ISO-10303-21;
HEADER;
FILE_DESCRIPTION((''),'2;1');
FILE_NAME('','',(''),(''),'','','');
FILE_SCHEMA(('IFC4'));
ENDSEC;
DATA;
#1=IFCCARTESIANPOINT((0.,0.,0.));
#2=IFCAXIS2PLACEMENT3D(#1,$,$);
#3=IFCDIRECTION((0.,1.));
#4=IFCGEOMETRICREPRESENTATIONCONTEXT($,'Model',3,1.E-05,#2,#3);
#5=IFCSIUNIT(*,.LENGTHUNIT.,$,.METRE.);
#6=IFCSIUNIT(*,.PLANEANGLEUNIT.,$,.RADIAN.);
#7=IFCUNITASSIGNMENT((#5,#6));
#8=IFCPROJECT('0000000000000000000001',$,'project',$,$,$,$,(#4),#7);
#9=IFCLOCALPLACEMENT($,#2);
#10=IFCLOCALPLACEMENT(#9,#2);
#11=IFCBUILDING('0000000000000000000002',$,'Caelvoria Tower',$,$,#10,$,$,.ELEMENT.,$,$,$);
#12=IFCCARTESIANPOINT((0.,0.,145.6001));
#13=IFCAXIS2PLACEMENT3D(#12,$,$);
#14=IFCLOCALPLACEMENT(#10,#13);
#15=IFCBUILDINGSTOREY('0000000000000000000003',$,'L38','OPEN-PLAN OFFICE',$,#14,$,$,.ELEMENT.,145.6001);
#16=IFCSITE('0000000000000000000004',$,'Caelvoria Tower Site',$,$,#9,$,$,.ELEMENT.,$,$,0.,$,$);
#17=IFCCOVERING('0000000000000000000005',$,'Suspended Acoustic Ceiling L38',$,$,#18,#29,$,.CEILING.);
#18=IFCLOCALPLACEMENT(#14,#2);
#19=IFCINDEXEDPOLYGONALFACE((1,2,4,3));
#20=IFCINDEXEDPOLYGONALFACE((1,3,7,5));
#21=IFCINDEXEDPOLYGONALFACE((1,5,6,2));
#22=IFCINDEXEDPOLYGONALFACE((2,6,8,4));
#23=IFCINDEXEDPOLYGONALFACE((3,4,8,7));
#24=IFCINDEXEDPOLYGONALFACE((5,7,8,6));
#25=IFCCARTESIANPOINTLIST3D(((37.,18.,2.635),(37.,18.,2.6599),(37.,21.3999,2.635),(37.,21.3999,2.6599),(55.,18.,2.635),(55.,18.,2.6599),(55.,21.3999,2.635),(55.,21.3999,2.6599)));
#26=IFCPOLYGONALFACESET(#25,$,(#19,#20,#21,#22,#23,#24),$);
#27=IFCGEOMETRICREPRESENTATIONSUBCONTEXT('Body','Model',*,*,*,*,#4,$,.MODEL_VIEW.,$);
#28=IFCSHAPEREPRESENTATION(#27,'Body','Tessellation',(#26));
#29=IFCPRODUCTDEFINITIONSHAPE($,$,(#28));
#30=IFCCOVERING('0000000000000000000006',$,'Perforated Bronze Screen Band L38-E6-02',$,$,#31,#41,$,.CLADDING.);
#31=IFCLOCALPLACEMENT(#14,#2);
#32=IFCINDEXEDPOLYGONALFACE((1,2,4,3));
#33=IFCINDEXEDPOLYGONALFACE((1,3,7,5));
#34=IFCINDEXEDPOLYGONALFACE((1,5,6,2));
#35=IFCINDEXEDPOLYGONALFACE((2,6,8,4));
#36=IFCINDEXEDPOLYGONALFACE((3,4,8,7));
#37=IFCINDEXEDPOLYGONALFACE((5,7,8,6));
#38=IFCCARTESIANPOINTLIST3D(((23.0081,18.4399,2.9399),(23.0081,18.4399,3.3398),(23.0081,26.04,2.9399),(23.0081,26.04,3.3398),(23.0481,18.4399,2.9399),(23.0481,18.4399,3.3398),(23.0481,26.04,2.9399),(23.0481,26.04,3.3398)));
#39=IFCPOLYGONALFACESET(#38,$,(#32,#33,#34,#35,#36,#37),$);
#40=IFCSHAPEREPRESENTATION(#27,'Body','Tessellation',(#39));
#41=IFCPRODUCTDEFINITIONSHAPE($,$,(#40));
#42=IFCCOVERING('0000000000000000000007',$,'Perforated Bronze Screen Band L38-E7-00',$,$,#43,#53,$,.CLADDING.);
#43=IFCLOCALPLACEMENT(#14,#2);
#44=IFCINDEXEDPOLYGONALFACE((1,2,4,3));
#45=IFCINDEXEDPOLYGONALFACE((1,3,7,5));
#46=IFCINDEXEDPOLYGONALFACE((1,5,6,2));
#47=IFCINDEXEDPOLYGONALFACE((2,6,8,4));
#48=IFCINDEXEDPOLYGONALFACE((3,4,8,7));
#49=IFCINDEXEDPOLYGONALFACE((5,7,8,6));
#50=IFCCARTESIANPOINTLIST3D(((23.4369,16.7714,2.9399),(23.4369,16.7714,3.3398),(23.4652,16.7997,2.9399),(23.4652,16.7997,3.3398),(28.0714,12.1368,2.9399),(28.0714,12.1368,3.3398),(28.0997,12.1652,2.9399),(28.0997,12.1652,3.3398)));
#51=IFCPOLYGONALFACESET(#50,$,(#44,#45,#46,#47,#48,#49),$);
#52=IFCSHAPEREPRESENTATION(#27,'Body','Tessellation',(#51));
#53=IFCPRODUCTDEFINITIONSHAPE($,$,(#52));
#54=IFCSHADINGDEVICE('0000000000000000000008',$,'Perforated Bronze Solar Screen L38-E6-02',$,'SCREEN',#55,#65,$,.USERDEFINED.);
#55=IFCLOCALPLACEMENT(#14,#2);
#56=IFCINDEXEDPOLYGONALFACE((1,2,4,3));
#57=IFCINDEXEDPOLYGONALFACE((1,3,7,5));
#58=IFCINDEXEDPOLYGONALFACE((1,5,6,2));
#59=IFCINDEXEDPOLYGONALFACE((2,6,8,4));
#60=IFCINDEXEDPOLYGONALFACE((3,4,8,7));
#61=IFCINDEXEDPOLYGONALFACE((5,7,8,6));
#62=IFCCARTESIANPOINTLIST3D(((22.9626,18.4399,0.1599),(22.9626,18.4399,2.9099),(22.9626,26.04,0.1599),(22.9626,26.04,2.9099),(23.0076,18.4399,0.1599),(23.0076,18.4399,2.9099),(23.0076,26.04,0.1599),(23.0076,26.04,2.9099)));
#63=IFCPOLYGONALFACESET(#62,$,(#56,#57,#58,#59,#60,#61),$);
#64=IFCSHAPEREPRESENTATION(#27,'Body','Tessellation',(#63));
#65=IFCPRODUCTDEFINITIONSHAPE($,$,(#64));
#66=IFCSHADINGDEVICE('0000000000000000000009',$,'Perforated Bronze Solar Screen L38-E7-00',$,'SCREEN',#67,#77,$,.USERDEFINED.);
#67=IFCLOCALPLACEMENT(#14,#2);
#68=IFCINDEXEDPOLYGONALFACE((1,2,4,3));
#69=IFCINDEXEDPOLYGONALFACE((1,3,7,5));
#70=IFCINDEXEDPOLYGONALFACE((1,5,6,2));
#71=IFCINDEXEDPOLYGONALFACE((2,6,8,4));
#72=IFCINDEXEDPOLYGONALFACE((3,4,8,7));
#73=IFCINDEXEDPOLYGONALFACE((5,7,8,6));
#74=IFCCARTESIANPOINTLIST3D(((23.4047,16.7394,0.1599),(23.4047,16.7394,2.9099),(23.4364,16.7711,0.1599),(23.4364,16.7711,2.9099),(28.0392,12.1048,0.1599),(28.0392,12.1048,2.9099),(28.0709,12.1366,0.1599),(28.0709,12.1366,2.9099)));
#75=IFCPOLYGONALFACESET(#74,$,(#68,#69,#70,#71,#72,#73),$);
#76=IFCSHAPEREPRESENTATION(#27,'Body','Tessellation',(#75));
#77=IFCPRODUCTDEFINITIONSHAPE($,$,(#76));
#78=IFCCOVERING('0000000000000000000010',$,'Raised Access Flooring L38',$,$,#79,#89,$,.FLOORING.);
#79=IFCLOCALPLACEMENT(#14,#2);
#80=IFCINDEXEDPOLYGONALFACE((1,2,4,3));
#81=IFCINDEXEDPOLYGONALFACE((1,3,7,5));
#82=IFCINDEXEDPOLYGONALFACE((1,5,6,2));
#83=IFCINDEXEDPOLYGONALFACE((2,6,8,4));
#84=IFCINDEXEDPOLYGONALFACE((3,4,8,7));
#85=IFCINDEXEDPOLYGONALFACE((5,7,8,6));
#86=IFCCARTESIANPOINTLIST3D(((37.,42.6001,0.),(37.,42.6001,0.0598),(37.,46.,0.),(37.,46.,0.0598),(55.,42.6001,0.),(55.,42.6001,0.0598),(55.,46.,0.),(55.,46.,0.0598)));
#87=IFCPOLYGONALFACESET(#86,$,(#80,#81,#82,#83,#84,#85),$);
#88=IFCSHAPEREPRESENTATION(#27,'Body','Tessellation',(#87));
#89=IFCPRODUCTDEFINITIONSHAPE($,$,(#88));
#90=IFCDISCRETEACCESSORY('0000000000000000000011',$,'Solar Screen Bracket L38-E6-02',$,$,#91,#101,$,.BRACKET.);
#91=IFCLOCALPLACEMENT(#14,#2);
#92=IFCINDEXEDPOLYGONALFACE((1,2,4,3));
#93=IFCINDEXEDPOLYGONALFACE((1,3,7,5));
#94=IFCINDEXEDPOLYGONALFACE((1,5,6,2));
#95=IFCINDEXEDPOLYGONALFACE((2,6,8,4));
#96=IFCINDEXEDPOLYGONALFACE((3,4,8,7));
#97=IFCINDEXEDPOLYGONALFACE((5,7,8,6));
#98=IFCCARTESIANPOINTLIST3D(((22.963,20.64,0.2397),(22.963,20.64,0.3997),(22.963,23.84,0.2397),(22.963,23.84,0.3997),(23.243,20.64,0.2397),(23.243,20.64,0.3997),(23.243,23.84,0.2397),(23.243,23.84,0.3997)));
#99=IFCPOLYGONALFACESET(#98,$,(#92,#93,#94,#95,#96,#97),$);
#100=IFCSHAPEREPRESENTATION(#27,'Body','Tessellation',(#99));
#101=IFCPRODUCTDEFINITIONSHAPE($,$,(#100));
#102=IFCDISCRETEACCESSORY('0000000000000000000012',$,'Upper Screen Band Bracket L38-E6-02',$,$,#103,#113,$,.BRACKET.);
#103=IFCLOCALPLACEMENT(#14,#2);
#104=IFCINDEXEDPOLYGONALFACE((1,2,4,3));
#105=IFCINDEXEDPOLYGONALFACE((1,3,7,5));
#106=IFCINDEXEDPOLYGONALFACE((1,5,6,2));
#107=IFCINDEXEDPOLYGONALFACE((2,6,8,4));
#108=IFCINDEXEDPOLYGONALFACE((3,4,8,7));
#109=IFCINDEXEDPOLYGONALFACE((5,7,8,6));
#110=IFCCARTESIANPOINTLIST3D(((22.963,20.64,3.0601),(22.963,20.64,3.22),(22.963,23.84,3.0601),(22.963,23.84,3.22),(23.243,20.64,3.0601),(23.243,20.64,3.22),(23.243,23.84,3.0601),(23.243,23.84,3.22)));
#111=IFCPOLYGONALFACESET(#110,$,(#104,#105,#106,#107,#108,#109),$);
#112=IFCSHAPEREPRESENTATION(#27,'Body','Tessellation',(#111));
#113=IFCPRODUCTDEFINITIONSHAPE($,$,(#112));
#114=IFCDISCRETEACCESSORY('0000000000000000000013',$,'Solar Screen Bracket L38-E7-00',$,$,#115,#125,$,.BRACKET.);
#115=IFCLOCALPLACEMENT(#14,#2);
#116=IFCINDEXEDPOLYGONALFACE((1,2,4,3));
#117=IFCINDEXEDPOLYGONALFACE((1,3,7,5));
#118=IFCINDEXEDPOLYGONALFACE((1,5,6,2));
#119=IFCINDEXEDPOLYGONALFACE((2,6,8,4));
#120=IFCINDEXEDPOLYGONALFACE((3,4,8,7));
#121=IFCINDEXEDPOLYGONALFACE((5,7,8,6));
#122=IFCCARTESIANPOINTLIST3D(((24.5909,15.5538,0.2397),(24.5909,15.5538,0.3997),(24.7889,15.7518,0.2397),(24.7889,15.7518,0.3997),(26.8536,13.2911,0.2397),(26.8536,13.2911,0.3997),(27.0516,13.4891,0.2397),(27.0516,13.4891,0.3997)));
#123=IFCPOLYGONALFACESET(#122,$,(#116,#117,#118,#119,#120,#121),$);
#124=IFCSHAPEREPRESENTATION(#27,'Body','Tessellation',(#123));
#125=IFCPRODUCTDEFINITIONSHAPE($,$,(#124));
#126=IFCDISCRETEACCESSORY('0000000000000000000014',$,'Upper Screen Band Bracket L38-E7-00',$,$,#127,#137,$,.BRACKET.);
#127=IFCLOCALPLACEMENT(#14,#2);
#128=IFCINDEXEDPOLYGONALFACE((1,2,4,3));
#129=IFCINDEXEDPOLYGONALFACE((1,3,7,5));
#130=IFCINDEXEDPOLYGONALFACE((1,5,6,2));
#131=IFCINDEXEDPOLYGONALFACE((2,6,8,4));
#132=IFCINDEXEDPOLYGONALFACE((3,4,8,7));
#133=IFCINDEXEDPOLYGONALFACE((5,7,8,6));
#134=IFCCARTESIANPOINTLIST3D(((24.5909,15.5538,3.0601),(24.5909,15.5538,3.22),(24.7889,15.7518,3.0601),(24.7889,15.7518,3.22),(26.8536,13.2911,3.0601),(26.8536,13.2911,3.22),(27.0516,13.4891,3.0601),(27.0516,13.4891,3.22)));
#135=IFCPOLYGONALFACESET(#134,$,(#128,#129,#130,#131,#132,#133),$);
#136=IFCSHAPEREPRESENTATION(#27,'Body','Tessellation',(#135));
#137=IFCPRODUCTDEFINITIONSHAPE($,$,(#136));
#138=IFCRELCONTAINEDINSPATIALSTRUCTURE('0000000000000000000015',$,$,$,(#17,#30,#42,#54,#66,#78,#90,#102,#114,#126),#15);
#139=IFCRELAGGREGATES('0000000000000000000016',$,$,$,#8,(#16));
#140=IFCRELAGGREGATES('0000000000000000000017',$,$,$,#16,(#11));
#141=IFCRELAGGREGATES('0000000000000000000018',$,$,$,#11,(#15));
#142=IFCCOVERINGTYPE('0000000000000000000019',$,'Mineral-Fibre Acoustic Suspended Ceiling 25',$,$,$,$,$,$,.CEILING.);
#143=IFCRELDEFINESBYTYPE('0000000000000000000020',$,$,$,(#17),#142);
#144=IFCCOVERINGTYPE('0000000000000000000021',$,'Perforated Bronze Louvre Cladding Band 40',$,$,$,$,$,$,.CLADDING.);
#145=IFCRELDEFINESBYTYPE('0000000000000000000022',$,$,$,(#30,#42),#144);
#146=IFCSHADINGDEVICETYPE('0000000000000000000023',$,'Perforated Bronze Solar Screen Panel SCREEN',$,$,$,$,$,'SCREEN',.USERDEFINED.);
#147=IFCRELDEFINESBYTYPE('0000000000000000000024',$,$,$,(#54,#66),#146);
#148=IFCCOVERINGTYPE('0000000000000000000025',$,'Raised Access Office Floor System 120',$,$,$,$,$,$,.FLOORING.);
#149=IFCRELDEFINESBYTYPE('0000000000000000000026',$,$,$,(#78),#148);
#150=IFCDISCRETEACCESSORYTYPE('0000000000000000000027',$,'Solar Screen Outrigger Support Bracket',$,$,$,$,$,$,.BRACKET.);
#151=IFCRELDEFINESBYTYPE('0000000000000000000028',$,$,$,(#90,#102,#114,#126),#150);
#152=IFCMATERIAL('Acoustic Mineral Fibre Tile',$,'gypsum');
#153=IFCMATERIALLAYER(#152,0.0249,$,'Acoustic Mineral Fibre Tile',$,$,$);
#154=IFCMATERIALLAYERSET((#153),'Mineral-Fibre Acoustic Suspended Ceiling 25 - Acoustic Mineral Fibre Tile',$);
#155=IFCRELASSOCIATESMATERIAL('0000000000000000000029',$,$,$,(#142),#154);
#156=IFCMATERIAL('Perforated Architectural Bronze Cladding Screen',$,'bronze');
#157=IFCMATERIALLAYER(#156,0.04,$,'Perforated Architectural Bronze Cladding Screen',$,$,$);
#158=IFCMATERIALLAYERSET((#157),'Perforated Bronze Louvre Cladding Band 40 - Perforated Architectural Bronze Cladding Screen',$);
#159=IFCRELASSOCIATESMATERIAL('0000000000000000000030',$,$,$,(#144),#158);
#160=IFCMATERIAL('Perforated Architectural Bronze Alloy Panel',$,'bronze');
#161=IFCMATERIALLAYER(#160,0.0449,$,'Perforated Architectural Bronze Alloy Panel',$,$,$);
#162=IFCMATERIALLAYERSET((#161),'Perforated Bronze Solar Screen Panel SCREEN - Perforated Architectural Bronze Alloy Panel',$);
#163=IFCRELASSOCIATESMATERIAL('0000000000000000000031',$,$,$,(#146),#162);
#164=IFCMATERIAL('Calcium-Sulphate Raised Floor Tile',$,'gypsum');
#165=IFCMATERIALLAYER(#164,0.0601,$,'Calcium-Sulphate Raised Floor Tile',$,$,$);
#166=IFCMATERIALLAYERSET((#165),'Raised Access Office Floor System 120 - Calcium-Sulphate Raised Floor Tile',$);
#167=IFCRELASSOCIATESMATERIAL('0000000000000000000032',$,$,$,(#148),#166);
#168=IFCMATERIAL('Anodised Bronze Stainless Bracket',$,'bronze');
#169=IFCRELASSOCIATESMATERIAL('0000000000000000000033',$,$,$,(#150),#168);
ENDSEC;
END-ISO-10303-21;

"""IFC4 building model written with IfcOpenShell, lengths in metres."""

from ifc_helpers import new_model, si_unit, direction, frame, origin, origin_2d, place, context, subcontext, project, spatial, polyline, rectangle, outline, extrude, material, layer, layer_set, type_object, element, save


model = new_model("IFC4")

# Units and contexts
model_context = context("Model", 3, precision=1e-05, world=origin(), true_north=direction((0.0, 1.0)))
body_context = subcontext(model_context, "Body", "Model", "MODEL_VIEW")
ifc_project = project(units=[si_unit("LENGTHUNIT", "METRE"), si_unit("PLANEANGLEUNIT", "RADIAN")], contexts=[model_context])

# Site, building, storey
site_placement = place(None, origin())
site = spatial("IfcSite", under=ifc_project, at=site_placement, Name="Caelvoria Tower Site", CompositionType="ELEMENT", RefElevation=0.0)
building_placement = place(site_placement, origin())
building = spatial("IfcBuilding", under=site, at=building_placement, Name="Caelvoria Tower", CompositionType="ELEMENT")
storey_placement = place(building_placement, frame((0.0, 0.0, 145.6001)))
storey = spatial("IfcBuildingStorey", under=building, at=storey_placement, Name="L38", Description="OPEN-PLAN OFFICE", CompositionType="ELEMENT", Elevation=145.6001)

# Coverings
ifc_material_1 = material(Name="Acoustic Mineral Fibre Tile", Category="gypsum")
ifc_layer_1 = layer(ifc_material_1, 0.0249, Name="Acoustic Mineral Fibre Tile")
ifc_layer_set_1 = layer_set([ifc_layer_1], Name="Mineral-Fibre Acoustic Suspended Ceiling 25 - Acoustic Mineral Fibre Tile")
covering_type_1 = type_object("IfcCoveringType", Name="Mineral-Fibre Acoustic Suspended Ceiling 25", PredefinedType="CEILING", material=ifc_layer_set_1)
covering_1_placement = place(storey_placement, frame((0.0, 0.0, 2.635)))
element("IfcCovering", 1, at=covering_1_placement, inside=storey, type_object=covering_type_1, Name="Suspended Acoustic Ceiling L38", PredefinedType="CEILING", context=body_context, shape_type="SweptSolid", body=[
    extrude(outline(polyline([(37.0, 18.0), (55.0, 18.0), (55.0, 21.3999), (37.0, 21.3999), (37.0, 18.0)])), origin(), (0.0, 0.0, 1.0), 0.0249),
])
ifc_material_2 = material(Name="Perforated Architectural Bronze Cladding Screen", Category="bronze")
ifc_layer_2 = layer(ifc_material_2, 0.04, Name="Perforated Architectural Bronze Cladding Screen")
ifc_layer_set_2 = layer_set([ifc_layer_2], Name="Perforated Bronze Louvre Cladding Band 40 - Perforated Architectural Bronze Cladding Screen")
covering_type_2 = type_object("IfcCoveringType", Name="Perforated Bronze Louvre Cladding Band 40", PredefinedType="CLADDING", material=ifc_layer_set_2)
covering_2_placement = place(storey_placement, frame((23.0281, 22.24, 2.9399), z_axis=(0.0, 0.0, 1.0), x_axis=(0.0, -1.0, 0.0)))
element("IfcCovering", 2, at=covering_2_placement, inside=storey, type_object=covering_type_2, Name="Perforated Bronze Screen Band L38-E6-02", PredefinedType="CLADDING", context=body_context, shape_type="SweptSolid", body=[
    extrude(rectangle(XDim=7.6001, YDim=0.04, at=origin_2d()), origin(), (0.0, 0.0, 1.0), 0.3999),
])
covering_3_placement = place(storey_placement, frame((25.7683, 14.4683, 2.9399), z_axis=(0.0, 0.0, 1.0), x_axis=(0.707107, -0.707107, 0.0)))
element("IfcCovering", 3, at=covering_3_placement, inside=storey, type_object=covering_type_2, Name="Perforated Bronze Screen Band L38-E7-00", PredefinedType="CLADDING", context=body_context, shape_type="SweptSolid", body=[
    extrude(rectangle(XDim=6.5542, YDim=0.04, at=origin_2d()), origin(), (0.0, 0.0, 1.0), 0.3999),
])

# Shading devices
ifc_material_3 = material(Name="Perforated Architectural Bronze Alloy Panel", Category="bronze")
ifc_layer_3 = layer(ifc_material_3, 0.0449, Name="Perforated Architectural Bronze Alloy Panel")
ifc_layer_set_3 = layer_set([ifc_layer_3], Name="Perforated Bronze Solar Screen Panel SCREEN - Perforated Architectural Bronze Alloy Panel")
shading_device_type = type_object("IfcShadingDeviceType", Name="Perforated Bronze Solar Screen Panel SCREEN", ElementType="SCREEN", PredefinedType="USERDEFINED", material=ifc_layer_set_3)
shading_device_1_placement = place(storey_placement, frame((22.9851, 22.24, 0.1599), z_axis=(0.0, 0.0, 1.0), x_axis=(0.0, -1.0, 0.0)))
element("IfcShadingDevice", 4, at=shading_device_1_placement, inside=storey, type_object=shading_device_type, Name="Perforated Bronze Solar Screen L38-E6-02", ObjectType="SCREEN", PredefinedType="USERDEFINED", context=body_context, shape_type="SweptSolid", body=[
    extrude(rectangle(XDim=7.6001, YDim=0.0449, at=origin_2d()), origin(), (0.0, 0.0, 1.0), 2.75),
])
shading_device_2_placement = place(storey_placement, frame((25.7378, 14.438, 0.1599), z_axis=(0.0, 0.0, 1.0), x_axis=(0.707107, -0.707107, 0.0)))
element("IfcShadingDevice", 5, at=shading_device_2_placement, inside=storey, type_object=shading_device_type, Name="Perforated Bronze Solar Screen L38-E7-00", ObjectType="SCREEN", PredefinedType="USERDEFINED", context=body_context, shape_type="SweptSolid", body=[
    extrude(rectangle(XDim=6.5542, YDim=0.0449, at=origin_2d()), origin(), (0.0, 0.0, 1.0), 2.75),
])

# Covering
ifc_material_4 = material(Name="Calcium-Sulphate Raised Floor Tile", Category="gypsum")
ifc_layer_4 = layer(ifc_material_4, 0.0601, Name="Calcium-Sulphate Raised Floor Tile")
ifc_layer_set_4 = layer_set([ifc_layer_4], Name="Raised Access Office Floor System 120 - Calcium-Sulphate Raised Floor Tile")
covering_type_3 = type_object("IfcCoveringType", Name="Raised Access Office Floor System 120", PredefinedType="FLOORING", material=ifc_layer_set_4)
covering_4_placement = place(storey_placement, origin())
element("IfcCovering", 6, at=covering_4_placement, inside=storey, type_object=covering_type_3, Name="Raised Access Flooring L38", PredefinedType="FLOORING", context=body_context, shape_type="SweptSolid", body=[
    extrude(outline(polyline([(37.0, 42.6001), (55.0, 42.6001), (55.0, 46.0), (37.0, 46.0), (37.0, 42.6001)])), origin(), (0.0, 0.0, 1.0), 0.0598),
])

# Discrete accessories
ifc_material_5 = material(Name="Anodised Bronze Stainless Bracket", Category="bronze")
discrete_accessory_type = type_object("IfcDiscreteAccessoryType", Name="Solar Screen Outrigger Support Bracket", PredefinedType="BRACKET", material=ifc_material_5)
for number, where, z_axis, x_axis, name in (
    (7, (23.103, 22.24, 0.2397), (0.0, 0.0, 1.0), (0.0, -1.0, 0.0), "Solar Screen Bracket L38-E6-02"),
    (8, (23.103, 22.24, 3.0601), (0.0, 0.0, 1.0), (0.0, -1.0, 0.0), "Upper Screen Band Bracket L38-E6-02"),
    (9, (25.8213, 14.5215, 0.2397), (0.0, 0.0, 1.0), (0.707107, -0.707107, 0.0), "Solar Screen Bracket L38-E7-00"),
    (10, (25.8213, 14.5215, 3.0601), (0.0, 0.0, 1.0), (0.707107, -0.707107, 0.0), "Upper Screen Band Bracket L38-E7-00"),
):
    element("IfcDiscreteAccessory", number, at=place(storey_placement, frame(where, z_axis=z_axis, x_axis=x_axis)), inside=storey, type_object=discrete_accessory_type, Name=name, PredefinedType="BRACKET", context=body_context, shape_type="SweptSolid", body=[
        extrude(rectangle(XDim=3.2, YDim=0.28, at=origin_2d()), origin(), (0.0, 0.0, 1.0), 0.1599),
    ])

save(model, "model.ifc")
